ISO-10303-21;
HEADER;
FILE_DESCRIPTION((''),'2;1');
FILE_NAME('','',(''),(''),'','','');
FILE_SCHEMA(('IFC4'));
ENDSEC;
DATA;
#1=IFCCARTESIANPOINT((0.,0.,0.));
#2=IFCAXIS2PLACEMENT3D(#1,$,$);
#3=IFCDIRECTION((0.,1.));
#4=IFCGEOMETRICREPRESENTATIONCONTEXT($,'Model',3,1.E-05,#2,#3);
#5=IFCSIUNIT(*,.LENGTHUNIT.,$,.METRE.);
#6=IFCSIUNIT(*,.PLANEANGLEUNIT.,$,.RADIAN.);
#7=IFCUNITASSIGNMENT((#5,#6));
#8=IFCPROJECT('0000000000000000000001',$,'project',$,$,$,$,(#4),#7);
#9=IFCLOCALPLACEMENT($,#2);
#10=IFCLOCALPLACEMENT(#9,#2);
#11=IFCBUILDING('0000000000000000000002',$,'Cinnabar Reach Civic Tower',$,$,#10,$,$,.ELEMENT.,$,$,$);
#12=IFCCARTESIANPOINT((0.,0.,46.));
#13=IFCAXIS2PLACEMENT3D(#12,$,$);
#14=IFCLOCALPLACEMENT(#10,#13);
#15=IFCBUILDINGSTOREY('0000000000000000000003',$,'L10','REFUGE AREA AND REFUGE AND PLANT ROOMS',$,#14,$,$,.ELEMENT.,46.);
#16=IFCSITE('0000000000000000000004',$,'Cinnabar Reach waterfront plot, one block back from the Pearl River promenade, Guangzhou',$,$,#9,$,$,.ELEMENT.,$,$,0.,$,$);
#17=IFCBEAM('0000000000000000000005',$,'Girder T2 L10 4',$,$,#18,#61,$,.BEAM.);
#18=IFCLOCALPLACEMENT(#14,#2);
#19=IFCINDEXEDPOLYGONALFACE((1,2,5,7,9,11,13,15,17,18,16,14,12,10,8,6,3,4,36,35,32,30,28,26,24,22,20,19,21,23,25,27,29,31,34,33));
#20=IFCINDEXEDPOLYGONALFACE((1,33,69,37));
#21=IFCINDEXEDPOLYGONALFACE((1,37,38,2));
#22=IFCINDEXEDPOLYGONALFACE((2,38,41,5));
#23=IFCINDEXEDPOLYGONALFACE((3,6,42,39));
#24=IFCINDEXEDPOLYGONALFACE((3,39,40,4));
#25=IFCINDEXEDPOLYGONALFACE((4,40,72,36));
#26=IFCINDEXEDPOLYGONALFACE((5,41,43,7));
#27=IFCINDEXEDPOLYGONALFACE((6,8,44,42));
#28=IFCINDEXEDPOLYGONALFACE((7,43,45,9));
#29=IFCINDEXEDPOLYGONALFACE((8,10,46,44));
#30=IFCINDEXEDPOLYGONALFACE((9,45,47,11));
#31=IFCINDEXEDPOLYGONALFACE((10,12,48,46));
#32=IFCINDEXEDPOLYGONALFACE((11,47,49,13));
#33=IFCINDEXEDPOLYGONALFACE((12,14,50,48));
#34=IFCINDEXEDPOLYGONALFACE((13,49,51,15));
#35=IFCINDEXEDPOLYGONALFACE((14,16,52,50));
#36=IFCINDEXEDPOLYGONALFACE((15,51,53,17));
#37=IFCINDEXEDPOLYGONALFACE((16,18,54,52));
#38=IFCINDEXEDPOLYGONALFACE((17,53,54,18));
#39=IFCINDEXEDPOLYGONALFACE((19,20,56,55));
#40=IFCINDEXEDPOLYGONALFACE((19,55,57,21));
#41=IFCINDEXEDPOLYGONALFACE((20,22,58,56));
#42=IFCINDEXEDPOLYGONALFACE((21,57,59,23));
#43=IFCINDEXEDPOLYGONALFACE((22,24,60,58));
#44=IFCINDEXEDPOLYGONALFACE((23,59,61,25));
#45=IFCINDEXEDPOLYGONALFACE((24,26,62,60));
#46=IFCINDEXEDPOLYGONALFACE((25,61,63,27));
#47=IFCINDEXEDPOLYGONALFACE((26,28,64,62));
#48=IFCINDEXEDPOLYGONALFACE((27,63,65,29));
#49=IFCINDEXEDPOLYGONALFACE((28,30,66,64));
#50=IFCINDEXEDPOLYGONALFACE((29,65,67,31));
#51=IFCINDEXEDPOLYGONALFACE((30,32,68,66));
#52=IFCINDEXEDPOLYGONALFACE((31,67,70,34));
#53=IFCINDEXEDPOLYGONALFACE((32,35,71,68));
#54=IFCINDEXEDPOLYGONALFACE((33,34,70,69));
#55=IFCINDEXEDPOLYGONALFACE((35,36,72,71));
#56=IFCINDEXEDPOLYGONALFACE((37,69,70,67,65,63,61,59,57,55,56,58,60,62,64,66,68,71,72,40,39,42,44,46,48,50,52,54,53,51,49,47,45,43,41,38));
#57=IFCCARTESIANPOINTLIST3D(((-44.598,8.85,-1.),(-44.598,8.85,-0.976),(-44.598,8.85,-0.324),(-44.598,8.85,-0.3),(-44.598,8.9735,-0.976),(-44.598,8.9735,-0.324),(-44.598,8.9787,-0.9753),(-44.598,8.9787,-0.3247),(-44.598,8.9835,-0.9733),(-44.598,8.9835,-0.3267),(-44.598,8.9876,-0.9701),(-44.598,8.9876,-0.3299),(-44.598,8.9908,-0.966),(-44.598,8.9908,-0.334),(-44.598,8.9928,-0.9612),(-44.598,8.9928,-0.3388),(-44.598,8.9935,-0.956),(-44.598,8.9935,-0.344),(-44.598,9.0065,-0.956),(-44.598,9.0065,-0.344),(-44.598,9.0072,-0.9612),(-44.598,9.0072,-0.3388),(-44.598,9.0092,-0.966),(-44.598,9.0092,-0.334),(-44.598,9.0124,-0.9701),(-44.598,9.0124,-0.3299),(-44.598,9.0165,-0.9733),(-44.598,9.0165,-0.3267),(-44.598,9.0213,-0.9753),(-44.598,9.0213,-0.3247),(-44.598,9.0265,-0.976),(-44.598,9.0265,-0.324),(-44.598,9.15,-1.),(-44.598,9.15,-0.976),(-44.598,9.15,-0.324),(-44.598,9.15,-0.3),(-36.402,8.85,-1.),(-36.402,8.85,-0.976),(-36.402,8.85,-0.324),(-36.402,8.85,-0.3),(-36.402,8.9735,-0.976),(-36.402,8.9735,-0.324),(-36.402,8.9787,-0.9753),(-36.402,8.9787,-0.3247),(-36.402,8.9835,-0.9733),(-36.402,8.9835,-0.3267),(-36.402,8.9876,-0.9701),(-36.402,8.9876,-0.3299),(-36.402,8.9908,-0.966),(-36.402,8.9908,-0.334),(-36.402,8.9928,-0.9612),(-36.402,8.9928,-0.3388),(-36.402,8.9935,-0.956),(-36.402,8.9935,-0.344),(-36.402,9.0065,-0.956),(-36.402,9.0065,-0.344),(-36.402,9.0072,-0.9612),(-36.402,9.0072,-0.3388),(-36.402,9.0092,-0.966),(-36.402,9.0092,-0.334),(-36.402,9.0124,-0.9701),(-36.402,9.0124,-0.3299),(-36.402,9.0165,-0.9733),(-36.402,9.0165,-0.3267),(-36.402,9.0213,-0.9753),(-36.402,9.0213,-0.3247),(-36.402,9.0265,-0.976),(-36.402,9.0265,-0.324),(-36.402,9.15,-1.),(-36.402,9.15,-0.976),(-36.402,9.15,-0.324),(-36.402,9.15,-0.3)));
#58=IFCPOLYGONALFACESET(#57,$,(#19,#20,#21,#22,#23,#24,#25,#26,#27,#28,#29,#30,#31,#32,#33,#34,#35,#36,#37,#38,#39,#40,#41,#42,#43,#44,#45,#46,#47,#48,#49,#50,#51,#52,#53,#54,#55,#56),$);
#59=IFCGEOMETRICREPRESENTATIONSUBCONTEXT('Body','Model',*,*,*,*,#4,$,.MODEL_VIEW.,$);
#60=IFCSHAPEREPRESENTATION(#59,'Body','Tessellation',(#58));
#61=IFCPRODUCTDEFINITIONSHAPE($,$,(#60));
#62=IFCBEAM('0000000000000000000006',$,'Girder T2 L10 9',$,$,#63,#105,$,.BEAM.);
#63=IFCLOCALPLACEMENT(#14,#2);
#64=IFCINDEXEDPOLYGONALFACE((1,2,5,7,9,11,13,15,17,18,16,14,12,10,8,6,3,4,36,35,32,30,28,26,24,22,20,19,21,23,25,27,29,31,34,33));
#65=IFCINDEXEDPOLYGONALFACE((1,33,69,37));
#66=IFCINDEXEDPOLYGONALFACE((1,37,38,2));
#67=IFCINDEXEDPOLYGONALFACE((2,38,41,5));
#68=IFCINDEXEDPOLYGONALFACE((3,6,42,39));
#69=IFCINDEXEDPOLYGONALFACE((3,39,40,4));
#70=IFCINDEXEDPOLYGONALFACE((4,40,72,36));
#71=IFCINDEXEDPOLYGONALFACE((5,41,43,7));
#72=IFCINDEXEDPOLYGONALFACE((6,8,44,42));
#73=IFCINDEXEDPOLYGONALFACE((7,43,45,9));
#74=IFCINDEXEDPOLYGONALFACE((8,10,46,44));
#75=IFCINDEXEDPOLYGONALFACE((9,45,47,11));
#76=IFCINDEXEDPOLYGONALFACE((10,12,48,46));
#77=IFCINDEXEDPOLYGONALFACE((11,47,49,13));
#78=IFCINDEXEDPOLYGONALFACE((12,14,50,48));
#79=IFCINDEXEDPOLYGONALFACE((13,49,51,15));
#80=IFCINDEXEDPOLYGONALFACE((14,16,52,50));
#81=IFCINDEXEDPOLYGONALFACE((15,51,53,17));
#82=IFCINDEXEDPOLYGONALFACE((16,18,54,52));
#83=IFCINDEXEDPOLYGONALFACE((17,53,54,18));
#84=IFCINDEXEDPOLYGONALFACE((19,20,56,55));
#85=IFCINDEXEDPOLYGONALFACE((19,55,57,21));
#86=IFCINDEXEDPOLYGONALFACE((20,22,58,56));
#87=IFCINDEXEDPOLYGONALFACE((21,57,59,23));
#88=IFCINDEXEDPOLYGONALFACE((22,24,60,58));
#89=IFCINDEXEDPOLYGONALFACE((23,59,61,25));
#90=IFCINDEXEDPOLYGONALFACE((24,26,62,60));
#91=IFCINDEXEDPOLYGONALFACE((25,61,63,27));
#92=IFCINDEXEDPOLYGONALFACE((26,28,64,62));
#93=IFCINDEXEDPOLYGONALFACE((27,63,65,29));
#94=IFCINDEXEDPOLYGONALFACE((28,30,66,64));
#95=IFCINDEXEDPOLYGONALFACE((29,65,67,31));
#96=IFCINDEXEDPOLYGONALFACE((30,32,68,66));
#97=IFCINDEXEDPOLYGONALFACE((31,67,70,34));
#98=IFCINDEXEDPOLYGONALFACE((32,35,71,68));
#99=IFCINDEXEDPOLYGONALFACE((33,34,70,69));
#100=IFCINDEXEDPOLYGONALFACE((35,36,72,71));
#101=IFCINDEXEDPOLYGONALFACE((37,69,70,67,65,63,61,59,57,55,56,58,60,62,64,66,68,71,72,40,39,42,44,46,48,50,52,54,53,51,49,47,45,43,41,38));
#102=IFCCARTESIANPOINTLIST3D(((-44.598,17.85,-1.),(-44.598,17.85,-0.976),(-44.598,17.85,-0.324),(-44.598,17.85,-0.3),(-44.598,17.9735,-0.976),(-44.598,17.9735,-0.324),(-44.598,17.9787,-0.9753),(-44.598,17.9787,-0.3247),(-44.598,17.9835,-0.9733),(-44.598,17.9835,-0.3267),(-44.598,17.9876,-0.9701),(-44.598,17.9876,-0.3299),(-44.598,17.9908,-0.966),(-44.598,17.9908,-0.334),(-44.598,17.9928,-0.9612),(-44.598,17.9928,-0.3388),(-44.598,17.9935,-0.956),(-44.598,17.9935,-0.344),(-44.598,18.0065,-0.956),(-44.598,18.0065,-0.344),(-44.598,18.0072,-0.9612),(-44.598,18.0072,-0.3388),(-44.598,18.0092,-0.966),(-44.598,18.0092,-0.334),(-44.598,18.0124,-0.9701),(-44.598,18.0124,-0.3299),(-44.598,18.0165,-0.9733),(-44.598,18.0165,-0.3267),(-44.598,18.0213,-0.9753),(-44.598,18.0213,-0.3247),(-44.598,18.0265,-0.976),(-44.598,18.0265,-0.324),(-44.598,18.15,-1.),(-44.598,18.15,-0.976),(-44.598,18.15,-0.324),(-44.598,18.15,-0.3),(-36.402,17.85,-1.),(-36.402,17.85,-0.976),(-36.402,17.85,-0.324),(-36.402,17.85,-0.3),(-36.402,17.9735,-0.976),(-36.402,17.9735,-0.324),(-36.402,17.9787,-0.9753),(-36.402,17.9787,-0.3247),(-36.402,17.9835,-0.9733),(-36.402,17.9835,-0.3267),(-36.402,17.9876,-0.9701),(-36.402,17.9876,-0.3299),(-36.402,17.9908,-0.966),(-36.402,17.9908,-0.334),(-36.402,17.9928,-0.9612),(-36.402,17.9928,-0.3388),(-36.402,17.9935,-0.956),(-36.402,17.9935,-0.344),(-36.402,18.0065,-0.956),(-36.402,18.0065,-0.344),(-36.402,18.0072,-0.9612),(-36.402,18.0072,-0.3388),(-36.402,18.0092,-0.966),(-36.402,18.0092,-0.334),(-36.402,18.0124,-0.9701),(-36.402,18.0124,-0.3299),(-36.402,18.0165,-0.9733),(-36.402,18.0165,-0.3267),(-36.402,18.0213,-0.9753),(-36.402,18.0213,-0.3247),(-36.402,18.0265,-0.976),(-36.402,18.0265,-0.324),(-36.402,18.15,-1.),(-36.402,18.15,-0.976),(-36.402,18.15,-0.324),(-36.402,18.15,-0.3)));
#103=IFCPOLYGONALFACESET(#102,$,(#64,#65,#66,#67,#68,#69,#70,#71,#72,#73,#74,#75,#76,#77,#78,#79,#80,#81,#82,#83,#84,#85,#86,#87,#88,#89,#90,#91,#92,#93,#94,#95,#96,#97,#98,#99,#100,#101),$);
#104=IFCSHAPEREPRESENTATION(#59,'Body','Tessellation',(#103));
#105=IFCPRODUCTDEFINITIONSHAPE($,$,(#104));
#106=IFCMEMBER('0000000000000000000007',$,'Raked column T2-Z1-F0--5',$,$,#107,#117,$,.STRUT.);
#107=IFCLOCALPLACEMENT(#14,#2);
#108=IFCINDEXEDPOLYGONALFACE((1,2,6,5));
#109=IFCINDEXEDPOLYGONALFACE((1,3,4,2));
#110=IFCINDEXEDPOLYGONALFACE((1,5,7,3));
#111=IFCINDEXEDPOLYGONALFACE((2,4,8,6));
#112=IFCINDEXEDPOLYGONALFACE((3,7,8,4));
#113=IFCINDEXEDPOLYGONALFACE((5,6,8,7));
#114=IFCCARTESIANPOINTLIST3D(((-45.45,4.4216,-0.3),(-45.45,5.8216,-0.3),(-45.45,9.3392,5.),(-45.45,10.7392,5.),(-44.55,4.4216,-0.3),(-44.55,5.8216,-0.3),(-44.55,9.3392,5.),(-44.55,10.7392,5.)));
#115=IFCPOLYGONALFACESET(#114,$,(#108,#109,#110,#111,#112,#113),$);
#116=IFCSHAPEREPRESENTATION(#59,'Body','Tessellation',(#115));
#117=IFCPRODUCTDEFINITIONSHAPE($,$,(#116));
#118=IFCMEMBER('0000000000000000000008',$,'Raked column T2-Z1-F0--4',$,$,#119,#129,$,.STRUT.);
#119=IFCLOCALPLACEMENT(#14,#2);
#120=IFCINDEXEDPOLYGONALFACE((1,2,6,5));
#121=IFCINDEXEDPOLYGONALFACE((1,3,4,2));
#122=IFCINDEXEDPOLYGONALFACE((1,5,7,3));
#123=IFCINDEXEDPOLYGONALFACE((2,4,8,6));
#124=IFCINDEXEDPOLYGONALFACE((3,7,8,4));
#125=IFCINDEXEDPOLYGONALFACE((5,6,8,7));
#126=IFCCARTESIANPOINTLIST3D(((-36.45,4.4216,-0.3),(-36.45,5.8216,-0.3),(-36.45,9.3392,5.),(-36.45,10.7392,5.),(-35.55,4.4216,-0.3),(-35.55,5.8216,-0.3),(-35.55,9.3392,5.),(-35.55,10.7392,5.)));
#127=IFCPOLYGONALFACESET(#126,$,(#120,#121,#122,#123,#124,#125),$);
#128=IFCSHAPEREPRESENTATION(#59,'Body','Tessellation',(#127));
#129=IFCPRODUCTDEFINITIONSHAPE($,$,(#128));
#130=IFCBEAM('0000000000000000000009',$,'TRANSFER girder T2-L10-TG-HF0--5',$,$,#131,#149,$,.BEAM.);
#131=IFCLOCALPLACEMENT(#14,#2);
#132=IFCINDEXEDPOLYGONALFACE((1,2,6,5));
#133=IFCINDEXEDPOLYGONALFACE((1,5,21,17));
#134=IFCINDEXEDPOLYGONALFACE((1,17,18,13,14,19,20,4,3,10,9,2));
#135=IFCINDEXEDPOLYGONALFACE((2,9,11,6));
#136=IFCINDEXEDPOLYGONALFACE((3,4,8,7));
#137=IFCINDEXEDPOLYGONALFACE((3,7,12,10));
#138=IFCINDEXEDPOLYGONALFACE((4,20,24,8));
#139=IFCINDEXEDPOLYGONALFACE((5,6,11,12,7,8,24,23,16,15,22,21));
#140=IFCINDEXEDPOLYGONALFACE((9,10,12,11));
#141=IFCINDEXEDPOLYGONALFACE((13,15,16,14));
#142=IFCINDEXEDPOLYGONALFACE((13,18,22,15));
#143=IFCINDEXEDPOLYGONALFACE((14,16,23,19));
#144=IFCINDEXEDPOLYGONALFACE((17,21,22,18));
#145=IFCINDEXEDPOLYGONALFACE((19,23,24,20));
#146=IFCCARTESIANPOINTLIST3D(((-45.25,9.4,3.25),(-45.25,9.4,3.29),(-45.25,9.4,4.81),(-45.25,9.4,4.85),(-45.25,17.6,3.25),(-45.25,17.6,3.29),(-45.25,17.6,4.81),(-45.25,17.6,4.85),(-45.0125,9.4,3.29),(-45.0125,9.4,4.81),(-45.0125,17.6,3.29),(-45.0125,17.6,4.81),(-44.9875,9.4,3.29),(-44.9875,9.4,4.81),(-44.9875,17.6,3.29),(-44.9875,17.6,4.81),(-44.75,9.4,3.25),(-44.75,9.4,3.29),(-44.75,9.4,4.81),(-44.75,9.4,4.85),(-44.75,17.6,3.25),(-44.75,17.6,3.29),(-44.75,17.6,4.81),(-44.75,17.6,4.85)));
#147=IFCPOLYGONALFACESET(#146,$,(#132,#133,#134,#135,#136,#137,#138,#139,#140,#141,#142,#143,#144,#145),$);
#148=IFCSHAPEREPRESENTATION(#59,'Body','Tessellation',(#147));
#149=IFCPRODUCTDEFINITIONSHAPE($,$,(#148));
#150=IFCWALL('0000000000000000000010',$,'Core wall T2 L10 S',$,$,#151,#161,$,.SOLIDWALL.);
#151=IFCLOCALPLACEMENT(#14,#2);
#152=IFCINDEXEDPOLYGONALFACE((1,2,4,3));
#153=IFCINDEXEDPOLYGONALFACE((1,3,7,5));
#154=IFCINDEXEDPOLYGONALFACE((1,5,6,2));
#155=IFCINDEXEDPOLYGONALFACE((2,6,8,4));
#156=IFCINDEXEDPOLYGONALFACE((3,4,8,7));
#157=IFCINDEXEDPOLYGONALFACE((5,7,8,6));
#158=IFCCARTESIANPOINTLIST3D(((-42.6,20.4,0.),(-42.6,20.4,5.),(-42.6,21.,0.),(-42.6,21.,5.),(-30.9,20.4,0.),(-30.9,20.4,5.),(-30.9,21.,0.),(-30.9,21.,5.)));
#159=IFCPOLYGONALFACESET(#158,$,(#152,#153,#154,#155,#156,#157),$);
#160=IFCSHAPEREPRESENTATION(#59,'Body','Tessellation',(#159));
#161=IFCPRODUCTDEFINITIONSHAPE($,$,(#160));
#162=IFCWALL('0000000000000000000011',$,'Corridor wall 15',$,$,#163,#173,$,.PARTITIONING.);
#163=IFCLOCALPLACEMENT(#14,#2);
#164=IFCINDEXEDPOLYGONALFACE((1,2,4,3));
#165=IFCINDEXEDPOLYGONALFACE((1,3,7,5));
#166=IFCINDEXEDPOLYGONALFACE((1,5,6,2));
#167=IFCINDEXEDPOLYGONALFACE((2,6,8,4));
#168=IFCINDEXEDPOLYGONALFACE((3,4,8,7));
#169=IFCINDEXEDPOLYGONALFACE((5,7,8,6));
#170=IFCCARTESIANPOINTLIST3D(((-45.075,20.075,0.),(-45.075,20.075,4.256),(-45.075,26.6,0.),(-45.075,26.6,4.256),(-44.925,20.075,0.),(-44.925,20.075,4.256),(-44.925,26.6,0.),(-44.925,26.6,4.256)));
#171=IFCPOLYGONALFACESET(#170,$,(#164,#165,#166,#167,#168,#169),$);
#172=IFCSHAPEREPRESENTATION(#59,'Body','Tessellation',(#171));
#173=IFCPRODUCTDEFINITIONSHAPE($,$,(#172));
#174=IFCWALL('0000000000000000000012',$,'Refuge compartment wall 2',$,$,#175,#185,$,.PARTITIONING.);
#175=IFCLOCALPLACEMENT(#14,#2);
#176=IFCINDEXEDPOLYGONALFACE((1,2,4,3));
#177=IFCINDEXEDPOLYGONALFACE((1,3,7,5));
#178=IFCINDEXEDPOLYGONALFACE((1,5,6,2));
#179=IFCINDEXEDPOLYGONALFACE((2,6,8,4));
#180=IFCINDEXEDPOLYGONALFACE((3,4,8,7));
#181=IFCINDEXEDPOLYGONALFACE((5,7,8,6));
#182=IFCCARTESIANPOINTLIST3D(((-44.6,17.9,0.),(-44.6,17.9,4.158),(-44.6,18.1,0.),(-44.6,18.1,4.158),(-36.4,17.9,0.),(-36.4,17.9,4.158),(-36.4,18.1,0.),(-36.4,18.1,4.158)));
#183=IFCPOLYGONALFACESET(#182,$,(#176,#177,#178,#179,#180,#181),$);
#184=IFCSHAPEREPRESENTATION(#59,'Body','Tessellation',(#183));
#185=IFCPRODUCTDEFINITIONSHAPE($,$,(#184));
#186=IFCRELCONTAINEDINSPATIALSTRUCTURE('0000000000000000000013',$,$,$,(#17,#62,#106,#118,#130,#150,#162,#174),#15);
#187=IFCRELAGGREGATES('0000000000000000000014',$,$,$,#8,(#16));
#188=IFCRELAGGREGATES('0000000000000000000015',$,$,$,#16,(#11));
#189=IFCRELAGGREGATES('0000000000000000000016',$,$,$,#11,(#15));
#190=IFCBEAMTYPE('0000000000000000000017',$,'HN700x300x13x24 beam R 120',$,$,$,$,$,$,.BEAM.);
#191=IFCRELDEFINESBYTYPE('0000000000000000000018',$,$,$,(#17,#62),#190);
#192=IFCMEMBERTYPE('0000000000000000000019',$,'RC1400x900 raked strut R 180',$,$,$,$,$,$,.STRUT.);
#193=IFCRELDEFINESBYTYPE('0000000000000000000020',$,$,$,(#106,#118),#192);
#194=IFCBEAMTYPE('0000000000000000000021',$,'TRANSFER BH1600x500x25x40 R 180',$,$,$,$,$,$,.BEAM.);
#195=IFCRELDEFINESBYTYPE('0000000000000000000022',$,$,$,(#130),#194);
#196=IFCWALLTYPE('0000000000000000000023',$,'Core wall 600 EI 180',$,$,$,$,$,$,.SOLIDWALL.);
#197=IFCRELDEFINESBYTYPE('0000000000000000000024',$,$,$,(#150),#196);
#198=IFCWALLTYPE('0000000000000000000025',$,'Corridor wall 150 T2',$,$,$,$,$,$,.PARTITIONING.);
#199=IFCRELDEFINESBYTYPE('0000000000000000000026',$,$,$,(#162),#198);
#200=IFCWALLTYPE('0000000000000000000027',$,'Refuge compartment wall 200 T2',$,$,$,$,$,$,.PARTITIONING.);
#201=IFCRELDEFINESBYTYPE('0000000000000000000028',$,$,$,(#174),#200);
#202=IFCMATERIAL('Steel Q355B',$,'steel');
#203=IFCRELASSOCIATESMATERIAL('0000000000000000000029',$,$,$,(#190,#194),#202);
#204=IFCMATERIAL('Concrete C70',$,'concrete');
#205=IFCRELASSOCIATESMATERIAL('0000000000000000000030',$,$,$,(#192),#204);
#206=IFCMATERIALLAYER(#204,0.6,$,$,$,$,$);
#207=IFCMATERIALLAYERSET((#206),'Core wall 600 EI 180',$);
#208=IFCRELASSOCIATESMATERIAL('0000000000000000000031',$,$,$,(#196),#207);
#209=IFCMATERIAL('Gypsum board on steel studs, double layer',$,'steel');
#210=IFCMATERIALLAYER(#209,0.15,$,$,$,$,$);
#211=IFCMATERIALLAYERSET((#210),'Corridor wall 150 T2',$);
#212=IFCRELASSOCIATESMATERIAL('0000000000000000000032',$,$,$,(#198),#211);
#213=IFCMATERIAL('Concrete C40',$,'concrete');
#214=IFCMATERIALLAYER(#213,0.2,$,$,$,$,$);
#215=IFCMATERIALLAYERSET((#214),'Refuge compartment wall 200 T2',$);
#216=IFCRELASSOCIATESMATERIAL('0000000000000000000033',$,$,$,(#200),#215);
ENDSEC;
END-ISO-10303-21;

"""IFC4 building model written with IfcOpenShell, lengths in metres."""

from ifc_helpers import new_model, si_unit, direction, frame, frame_2d, origin, origin_2d, place, context, subcontext, project, spatial, rectangle, i_section, extrude, material, layer, layer_set, material_profile, profile_set, type_object, element, save


model = new_model("IFC4")

# Units and contexts
model_context = context("Model", 3, precision=1e-05, world=origin(), true_north=direction((0.0, 1.0)))
body_context = subcontext(model_context, "Body", "Model", "MODEL_VIEW")
ifc_project = project(units=[si_unit("LENGTHUNIT", "METRE"), si_unit("PLANEANGLEUNIT", "RADIAN")], contexts=[model_context])

# Site, building, storey
site_placement = place(None, origin())
site = spatial("IfcSite", under=ifc_project, at=site_placement, Name="Cinnabar Reach waterfront plot, one block back from the Pearl River promenade, Guangzhou", CompositionType="ELEMENT", RefElevation=0.0)
building_placement = place(site_placement, origin())
building = spatial("IfcBuilding", under=site, at=building_placement, Name="Cinnabar Reach Civic Tower", CompositionType="ELEMENT")
storey_placement = place(building_placement, frame((0.0, 0.0, 46.0)))
storey = spatial("IfcBuildingStorey", under=building, at=storey_placement, Name="L10", Description="REFUGE AREA AND REFUGE AND PLANT ROOMS", CompositionType="ELEMENT", Elevation=46.0)

# Shared definitions
ifc_material_1 = material(Name="Concrete C70", Category="concrete")

# Beams
ifc_material_2 = material(Name="Steel Q355B", Category="steel")
ifc_material_profile_1 = material_profile(ifc_material_2, i_section(OverallWidth=0.3, OverallDepth=0.7, WebThickness=0.013, FlangeThickness=0.024, FilletRadius=0.02, at=origin_2d()), Name="HN700x300x13x24")
ifc_profile_set_1 = profile_set([ifc_material_profile_1], Name="Steel Q355B")
beam_type_1 = type_object("IfcBeamType", Name="HN700x300x13x24 beam R 120", PredefinedType="BEAM", material=ifc_profile_set_1)
for number, where, z_axis, x_axis, name in (
    (1, (-44.598, 9.0, -0.65), (1.0, 0.0, 0.0), (0.0, 1.0, 0.0), "Girder T2 L10 4"),
    (2, (-44.598, 18.0, -0.65), (1.0, 0.0, 0.0), (0.0, 1.0, 0.0), "Girder T2 L10 9"),
):
    element("IfcBeam", number, at=place(storey_placement, frame(where, z_axis=z_axis, x_axis=x_axis)), inside=storey, type_object=beam_type_1, Name=name, PredefinedType="BEAM", context=body_context, shape_type="SweptSolid", body=[
        extrude(i_section(OverallWidth=0.3, OverallDepth=0.7, WebThickness=0.013, FlangeThickness=0.024, FilletRadius=0.02, at=origin_2d()), origin(), (0.0, 0.0, 1.0), 8.196),
    ])

# Members
ifc_material_profile_2 = material_profile(ifc_material_1, rectangle(XDim=1.4, YDim=0.9, at=origin_2d()), Name="RC1400x900")
ifc_profile_set_2 = profile_set([ifc_material_profile_2], Name="Concrete C70")
member_type = type_object("IfcMemberType", Name="RC1400x900 raked strut R 180", PredefinedType="STRUT", material=ifc_profile_set_2)
for number, where, z_axis, x_axis, name in (
    (3, (-45.0, 5.1216, -0.3), (0.0, 0.0, 1.0), (0.0, 1.0, 0.0), "Raked column T2-Z1-F0--5"),
    (4, (-36.0, 5.1216, -0.3), (0.0, 0.0, 1.0), (0.0, 1.0, 0.0), "Raked column T2-Z1-F0--4"),
):
    element("IfcMember", number, at=place(storey_placement, frame(where, z_axis=z_axis, x_axis=x_axis)), inside=storey, type_object=member_type, Name=name, PredefinedType="STRUT", context=body_context, shape_type="SweptSolid", body=[
        extrude(rectangle(XDim=1.4, YDim=0.9, at=origin_2d()), origin(), (0.680167, 0.0, 0.733057), 7.23),
    ])

# Beam
ifc_material_profile_3 = material_profile(ifc_material_2, i_section(OverallWidth=0.5, OverallDepth=1.6, WebThickness=0.025, FlangeThickness=0.04, at=origin_2d()), Name="BH1600x500x25x40")
ifc_profile_set_3 = profile_set([ifc_material_profile_3], Name="Steel Q355B")
beam_type_2 = type_object("IfcBeamType", Name="TRANSFER BH1600x500x25x40 R 180", PredefinedType="BEAM", material=ifc_profile_set_3)
beam_1_placement = place(storey_placement, frame((-45.0, 9.4, 4.05), z_axis=(0.0, 1.0, 0.0), x_axis=(-1.0, 0.0, 0.0)))
element("IfcBeam", 5, at=beam_1_placement, inside=storey, type_object=beam_type_2, Name="TRANSFER girder T2-L10-TG-HF0--5", PredefinedType="BEAM", context=body_context, shape_type="SweptSolid", body=[
    extrude(i_section(OverallWidth=0.5, OverallDepth=1.6, WebThickness=0.025, FlangeThickness=0.04, at=origin_2d()), origin(), (0.0, 0.0, 1.0), 8.2),
])

# Walls
ifc_layer_1 = layer(ifc_material_1, 0.6)
ifc_layer_set_1 = layer_set([ifc_layer_1], Name="Core wall 600 EI 180")
wall_type_1 = type_object("IfcWallType", Name="Core wall 600 EI 180", PredefinedType="SOLIDWALL", material=ifc_layer_set_1)
wall_1_placement = place(storey_placement, frame((-42.6, 20.7, 0.0), z_axis=(0.0, 0.0, 1.0), x_axis=(1.0, 0.0, 0.0)))
element("IfcWall", 6, at=wall_1_placement, inside=storey, type_object=wall_type_1, Name="Core wall T2 L10 S", PredefinedType="SOLIDWALL", context=body_context, shape_type="SweptSolid", body=[
    extrude(rectangle(XDim=11.7, YDim=0.6, at=frame_2d((5.85, 0.0))), origin(), (0.0, 0.0, 1.0), 5.0),
])
ifc_material_3 = material(Name="Gypsum board on steel studs, double layer", Category="steel")
ifc_layer_2 = layer(ifc_material_3, 0.15)
ifc_layer_set_2 = layer_set([ifc_layer_2], Name="Corridor wall 150 T2")
wall_type_2 = type_object("IfcWallType", Name="Corridor wall 150 T2", PredefinedType="PARTITIONING", material=ifc_layer_set_2)
wall_2_placement = place(storey_placement, frame((-45.0, 20.075, 0.0), z_axis=(0.0, 0.0, 1.0), x_axis=(0.0, 1.0, 0.0)))
element("IfcWall", 7, at=wall_2_placement, inside=storey, type_object=wall_type_2, Name="Corridor wall 15", PredefinedType="PARTITIONING", context=body_context, shape_type="SweptSolid", body=[
    extrude(rectangle(XDim=6.525, YDim=0.15, at=frame_2d((3.2625, 0.0))), origin(), (0.0, 0.0, 1.0), 4.256),
])
ifc_material_4 = material(Name="Concrete C40", Category="concrete")
ifc_layer_3 = layer(ifc_material_4, 0.2)
ifc_layer_set_3 = layer_set([ifc_layer_3], Name="Refuge compartment wall 200 T2")
wall_type_3 = type_object("IfcWallType", Name="Refuge compartment wall 200 T2", PredefinedType="PARTITIONING", material=ifc_layer_set_3)
wall_3_placement = place(storey_placement, frame((-44.6, 18.0, 0.0), z_axis=(0.0, 0.0, 1.0), x_axis=(1.0, 0.0, 0.0)))
element("IfcWall", 8, at=wall_3_placement, inside=storey, type_object=wall_type_3, Name="Refuge compartment wall 2", PredefinedType="PARTITIONING", context=body_context, shape_type="SweptSolid", body=[
    extrude(rectangle(XDim=8.2, YDim=0.2, at=frame_2d((4.1, 0.0))), origin(), (0.0, 0.0, 1.0), 4.158),
])

save(model, "model.ifc")
